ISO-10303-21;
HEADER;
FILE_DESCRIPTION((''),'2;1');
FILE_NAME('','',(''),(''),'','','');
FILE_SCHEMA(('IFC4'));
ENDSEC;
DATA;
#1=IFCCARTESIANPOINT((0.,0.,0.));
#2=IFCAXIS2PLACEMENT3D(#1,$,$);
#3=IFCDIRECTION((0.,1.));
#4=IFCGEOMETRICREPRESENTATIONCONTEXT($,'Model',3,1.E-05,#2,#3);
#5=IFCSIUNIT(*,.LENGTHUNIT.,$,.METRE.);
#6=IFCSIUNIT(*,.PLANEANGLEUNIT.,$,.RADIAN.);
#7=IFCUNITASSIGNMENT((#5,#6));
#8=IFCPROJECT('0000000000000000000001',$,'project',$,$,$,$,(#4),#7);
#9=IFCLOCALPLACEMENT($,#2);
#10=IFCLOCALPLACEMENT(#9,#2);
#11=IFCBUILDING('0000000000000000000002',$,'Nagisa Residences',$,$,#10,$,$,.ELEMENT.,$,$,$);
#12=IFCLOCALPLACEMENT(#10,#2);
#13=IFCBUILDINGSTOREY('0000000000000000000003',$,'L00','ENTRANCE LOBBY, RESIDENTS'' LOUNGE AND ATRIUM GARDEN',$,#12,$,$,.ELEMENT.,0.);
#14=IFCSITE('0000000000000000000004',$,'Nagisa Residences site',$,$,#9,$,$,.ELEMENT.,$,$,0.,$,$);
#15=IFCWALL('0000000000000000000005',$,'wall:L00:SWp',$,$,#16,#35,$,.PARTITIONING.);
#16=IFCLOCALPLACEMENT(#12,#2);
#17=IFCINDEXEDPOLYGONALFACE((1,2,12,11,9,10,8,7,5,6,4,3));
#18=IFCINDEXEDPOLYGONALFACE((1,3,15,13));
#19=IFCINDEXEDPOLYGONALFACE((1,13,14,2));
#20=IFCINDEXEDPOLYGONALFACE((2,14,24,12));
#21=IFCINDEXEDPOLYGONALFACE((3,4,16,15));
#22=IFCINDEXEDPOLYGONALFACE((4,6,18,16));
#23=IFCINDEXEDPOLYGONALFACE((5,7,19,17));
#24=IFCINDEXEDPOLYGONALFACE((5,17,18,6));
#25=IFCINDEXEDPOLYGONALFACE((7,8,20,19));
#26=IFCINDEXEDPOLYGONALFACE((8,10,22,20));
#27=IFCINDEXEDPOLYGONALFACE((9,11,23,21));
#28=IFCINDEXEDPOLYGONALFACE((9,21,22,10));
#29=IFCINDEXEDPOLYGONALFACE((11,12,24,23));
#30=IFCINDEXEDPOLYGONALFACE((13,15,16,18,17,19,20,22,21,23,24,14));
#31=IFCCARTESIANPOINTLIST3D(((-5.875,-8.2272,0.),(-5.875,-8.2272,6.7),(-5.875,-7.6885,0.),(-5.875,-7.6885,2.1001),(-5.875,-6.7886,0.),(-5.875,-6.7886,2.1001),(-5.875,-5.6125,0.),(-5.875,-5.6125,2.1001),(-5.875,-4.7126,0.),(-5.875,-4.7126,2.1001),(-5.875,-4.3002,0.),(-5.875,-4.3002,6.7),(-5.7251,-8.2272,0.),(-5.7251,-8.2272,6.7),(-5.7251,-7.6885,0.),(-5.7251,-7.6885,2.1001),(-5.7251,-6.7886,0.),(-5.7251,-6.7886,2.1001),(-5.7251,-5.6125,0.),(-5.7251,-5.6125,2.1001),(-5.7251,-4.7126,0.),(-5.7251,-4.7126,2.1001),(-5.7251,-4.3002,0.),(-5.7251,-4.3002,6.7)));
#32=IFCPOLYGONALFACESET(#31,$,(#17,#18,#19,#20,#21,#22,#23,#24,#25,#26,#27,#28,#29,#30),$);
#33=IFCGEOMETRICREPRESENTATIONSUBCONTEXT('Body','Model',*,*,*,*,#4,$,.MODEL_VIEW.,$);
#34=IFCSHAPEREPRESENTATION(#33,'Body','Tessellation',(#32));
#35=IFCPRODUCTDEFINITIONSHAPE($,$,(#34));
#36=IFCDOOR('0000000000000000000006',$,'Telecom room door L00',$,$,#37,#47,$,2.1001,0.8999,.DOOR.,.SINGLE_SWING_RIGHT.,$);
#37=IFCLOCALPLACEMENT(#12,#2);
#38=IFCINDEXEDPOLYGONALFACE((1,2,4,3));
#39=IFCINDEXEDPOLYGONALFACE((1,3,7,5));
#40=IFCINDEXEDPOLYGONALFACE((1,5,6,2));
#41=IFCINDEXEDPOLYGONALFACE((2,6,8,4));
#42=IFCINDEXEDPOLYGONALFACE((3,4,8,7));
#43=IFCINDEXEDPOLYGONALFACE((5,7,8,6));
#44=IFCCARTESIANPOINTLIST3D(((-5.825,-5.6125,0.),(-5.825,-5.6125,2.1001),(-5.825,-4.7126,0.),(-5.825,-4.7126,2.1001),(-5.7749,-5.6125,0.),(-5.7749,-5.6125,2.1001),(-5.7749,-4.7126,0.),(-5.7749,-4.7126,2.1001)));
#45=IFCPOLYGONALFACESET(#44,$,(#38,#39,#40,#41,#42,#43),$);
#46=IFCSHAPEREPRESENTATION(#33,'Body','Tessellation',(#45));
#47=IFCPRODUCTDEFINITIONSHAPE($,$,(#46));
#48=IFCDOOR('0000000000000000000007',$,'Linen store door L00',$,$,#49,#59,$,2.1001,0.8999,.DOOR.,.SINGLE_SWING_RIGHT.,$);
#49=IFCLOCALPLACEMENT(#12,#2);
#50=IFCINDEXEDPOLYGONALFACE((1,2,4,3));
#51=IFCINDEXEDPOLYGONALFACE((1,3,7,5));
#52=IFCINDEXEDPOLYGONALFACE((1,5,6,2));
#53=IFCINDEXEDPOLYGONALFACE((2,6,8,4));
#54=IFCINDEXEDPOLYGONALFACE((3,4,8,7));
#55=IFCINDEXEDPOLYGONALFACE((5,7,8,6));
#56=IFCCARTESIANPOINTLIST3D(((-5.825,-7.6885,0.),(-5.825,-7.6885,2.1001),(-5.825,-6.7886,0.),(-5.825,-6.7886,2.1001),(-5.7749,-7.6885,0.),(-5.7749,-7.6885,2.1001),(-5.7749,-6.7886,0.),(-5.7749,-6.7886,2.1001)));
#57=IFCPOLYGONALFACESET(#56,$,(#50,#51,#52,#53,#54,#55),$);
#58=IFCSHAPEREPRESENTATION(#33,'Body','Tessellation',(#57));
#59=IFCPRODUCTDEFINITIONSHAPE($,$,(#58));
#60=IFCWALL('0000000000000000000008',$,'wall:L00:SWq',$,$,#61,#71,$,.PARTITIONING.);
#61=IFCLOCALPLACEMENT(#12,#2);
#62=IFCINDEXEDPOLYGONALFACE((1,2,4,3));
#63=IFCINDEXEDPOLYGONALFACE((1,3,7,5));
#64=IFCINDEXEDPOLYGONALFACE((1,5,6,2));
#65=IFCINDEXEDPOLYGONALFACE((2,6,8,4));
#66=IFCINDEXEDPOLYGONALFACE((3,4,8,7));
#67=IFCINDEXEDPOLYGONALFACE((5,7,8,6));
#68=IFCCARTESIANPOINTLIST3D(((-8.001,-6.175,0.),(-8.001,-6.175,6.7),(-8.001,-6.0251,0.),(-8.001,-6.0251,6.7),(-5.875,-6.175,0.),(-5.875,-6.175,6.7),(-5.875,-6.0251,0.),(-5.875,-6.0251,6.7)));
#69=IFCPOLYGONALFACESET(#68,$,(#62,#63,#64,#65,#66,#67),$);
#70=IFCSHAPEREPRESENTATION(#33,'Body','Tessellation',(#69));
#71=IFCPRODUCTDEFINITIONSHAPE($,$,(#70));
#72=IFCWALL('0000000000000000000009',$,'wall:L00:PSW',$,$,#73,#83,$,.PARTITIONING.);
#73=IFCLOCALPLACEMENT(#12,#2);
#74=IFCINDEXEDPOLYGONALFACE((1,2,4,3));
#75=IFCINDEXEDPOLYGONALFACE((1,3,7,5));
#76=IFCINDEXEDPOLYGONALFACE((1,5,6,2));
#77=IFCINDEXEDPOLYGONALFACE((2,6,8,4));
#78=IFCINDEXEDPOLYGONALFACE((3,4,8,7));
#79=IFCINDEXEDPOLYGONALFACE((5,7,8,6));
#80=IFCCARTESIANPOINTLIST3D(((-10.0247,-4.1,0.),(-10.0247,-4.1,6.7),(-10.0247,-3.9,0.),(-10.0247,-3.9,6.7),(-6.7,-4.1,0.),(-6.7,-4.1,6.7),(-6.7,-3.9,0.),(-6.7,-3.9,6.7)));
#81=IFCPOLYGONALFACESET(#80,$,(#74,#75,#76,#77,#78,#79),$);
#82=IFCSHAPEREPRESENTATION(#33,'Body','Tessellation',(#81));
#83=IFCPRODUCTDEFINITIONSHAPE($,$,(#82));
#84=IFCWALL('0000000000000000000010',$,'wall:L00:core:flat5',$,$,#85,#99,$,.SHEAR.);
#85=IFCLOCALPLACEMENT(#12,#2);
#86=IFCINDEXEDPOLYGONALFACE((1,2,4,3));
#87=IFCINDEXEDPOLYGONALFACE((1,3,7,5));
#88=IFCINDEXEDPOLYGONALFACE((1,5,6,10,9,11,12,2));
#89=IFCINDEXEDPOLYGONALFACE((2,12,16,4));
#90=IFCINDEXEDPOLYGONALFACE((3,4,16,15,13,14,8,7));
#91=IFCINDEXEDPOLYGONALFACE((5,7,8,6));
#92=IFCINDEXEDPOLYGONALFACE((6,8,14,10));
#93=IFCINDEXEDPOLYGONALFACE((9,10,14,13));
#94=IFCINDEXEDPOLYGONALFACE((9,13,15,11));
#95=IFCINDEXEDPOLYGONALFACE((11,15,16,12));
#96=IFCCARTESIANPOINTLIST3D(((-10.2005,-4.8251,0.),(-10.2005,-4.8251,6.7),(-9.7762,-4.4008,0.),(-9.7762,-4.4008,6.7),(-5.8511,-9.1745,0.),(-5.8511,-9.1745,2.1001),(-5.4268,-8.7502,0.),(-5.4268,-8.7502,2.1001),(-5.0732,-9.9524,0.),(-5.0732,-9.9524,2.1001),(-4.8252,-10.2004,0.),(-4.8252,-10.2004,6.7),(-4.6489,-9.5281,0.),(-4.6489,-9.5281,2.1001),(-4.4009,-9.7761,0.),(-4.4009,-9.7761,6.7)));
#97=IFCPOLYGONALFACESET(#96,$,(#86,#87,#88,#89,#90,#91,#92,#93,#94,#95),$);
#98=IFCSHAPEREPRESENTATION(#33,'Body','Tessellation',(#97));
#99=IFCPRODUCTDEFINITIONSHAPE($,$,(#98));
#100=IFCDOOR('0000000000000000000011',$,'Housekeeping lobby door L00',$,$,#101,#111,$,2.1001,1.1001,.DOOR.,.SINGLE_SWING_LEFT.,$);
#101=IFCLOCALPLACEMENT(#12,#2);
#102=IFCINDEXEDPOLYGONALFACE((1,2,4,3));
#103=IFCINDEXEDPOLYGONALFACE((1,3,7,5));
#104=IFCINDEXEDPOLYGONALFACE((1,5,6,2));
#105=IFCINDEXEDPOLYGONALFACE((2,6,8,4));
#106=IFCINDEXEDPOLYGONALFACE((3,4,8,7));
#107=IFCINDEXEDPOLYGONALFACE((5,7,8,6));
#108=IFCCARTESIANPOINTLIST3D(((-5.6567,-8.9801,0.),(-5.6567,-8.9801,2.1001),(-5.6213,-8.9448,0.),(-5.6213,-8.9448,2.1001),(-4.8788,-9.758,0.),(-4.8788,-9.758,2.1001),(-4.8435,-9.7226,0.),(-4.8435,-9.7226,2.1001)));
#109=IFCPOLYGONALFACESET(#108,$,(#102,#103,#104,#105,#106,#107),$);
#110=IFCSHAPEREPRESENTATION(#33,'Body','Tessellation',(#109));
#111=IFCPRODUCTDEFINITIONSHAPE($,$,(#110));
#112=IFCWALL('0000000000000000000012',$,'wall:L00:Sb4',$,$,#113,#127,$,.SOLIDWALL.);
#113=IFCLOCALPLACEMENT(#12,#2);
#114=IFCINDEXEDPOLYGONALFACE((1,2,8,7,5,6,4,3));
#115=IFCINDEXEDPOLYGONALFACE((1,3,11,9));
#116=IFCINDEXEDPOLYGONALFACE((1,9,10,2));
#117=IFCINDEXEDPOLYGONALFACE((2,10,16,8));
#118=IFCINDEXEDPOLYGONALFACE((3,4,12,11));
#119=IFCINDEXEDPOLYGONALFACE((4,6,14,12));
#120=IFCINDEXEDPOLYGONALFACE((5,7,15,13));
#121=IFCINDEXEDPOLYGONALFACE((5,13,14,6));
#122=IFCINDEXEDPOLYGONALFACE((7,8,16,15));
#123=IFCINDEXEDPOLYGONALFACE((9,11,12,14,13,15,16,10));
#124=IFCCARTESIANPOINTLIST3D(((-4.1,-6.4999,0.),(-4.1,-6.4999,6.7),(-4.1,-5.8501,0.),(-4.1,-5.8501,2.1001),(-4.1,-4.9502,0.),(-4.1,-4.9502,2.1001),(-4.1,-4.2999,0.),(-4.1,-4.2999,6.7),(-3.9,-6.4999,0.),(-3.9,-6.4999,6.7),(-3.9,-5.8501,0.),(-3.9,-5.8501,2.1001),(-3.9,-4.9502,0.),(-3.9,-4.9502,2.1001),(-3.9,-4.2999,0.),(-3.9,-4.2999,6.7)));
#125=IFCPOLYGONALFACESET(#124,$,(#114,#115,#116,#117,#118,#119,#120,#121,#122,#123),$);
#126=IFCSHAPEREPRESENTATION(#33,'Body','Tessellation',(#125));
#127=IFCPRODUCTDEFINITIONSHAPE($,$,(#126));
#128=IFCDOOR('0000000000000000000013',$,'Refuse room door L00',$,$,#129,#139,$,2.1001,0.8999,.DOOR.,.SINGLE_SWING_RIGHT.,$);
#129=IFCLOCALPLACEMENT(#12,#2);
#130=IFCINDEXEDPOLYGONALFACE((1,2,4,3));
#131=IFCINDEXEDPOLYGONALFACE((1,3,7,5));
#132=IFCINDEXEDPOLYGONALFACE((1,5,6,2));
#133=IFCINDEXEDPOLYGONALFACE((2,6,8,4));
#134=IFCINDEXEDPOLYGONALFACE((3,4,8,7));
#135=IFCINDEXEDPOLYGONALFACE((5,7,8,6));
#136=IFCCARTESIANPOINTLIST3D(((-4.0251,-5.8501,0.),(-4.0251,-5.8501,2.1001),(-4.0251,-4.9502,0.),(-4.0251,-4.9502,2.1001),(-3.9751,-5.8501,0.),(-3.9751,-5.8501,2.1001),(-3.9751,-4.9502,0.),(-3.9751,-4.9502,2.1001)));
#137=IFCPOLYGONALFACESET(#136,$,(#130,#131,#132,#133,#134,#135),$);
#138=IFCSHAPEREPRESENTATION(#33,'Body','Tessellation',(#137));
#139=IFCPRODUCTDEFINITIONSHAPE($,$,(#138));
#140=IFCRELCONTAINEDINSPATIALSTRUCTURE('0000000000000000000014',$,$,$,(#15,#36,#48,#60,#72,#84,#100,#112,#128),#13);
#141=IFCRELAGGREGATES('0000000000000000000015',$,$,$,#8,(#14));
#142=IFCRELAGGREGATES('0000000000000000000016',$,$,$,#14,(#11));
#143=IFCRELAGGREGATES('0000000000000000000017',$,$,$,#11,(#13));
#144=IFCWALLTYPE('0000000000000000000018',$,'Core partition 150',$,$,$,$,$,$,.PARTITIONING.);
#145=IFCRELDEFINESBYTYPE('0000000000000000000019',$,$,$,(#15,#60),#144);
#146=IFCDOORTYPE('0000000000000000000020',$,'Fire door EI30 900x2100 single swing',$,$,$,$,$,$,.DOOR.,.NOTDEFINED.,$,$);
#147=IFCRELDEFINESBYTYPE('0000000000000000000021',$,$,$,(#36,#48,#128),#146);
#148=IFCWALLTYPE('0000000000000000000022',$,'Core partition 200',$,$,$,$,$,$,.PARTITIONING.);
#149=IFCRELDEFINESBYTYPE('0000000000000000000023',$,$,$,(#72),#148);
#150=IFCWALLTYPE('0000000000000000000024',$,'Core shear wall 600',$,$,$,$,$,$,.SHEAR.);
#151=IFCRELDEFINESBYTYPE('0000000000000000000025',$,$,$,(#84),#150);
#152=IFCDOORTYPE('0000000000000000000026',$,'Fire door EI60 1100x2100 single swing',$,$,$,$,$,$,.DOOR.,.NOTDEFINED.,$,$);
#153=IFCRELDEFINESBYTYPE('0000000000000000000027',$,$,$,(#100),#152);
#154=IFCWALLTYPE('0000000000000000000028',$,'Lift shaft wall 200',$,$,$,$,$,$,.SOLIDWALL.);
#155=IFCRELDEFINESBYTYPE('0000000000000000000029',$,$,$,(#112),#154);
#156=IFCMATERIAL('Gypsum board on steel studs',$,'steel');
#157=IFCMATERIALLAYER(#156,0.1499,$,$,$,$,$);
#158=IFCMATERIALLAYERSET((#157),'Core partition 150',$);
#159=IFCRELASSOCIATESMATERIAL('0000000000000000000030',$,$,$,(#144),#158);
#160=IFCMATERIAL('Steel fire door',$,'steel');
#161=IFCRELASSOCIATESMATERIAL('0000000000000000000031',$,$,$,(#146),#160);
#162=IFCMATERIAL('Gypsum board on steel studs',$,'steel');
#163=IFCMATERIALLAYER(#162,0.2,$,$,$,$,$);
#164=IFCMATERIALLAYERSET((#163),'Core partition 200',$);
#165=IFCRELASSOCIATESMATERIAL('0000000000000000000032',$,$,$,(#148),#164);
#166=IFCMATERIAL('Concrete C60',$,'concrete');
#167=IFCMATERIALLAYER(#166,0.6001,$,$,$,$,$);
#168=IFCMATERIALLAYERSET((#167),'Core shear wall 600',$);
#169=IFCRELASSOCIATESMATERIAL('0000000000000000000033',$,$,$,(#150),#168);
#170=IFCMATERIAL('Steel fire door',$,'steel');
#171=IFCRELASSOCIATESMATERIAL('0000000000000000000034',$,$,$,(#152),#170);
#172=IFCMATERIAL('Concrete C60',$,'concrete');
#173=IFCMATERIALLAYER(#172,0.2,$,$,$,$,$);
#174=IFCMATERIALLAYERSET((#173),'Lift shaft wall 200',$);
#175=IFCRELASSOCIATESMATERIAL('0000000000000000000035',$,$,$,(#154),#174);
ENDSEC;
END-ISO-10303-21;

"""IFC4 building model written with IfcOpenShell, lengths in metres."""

from ifc_helpers import new_model, si_unit, direction, frame, frame_2d, origin, place, context, subcontext, project, spatial, rectangle, extrude, material, layer, layer_set, type_object, element, fill, save


model = new_model("IFC4")

# Units and contexts
model_context = context("Model", 3, precision=1e-05, world=origin(), true_north=direction((0.0, 1.0)))
body_context = subcontext(model_context, "Body", "Model", "MODEL_VIEW")
ifc_project = project(units=[si_unit("LENGTHUNIT", "METRE"), si_unit("PLANEANGLEUNIT", "RADIAN")], contexts=[model_context])

# Site, building, storey
site_placement = place(None, origin())
site = spatial("IfcSite", under=ifc_project, at=site_placement, Name="Nagisa Residences site", CompositionType="ELEMENT", RefElevation=0.0)
building_placement = place(site_placement, origin())
building = spatial("IfcBuilding", under=site, at=building_placement, Name="Nagisa Residences", CompositionType="ELEMENT")
storey_placement = place(building_placement, origin())
storey = spatial("IfcBuildingStorey", under=building, at=storey_placement, Name="L00", Description="ENTRANCE LOBBY, RESIDENTS' LOUNGE AND ATRIUM GARDEN", CompositionType="ELEMENT", Elevation=0.0)

# Wall, openings, doors
ifc_material_1 = material(Name="Gypsum board on steel studs", Category="steel")
ifc_layer_1 = layer(ifc_material_1, 0.1499)
ifc_layer_set_1 = layer_set([ifc_layer_1], Name="Core partition 150")
wall_type_1 = type_object("IfcWallType", Name="Core partition 150", PredefinedType="PARTITIONING", material=ifc_layer_set_1)
wall_1_placement = place(storey_placement, frame((-5.8, -8.2271, 0.0), z_axis=(0.0, 0.0, 1.0), x_axis=(0.0, 1.0, 0.0)))
wall_1 = element("IfcWall", 1, at=wall_1_placement, inside=storey, type_object=wall_type_1, Name="wall:L00:SWp", PredefinedType="PARTITIONING", context=body_context, shape_type="SweptSolid", body=[
    extrude(rectangle(XDim=3.927, YDim=0.1499, at=frame_2d((1.9634, 0.0))), origin(), (0.0, 0.0, 1.0), 6.7),
])
opening_1_placement = place(wall_1_placement, frame((2.6145, 0.0, 0.0)))
opening_1 = element("IfcOpeningElement", 2, at=opening_1_placement, cuts=wall_1, PredefinedType="OPENING", context=body_context, shape_type="SweptSolid", body=[
    extrude(rectangle(XDim=0.8999, YDim=2.1001, at=frame_2d((0.45, 1.05))), frame((0.0, 0.085, 0.0), z_axis=(0.0, -1.0, 0.0), x_axis=(1.0, 0.0, 0.0)), (0.0, 0.0, 1.0), 0.1699),
])
opening_2_placement = place(wall_1_placement, frame((0.5386, 0.0, 0.0)))
opening_2 = element("IfcOpeningElement", 3, at=opening_2_placement, cuts=wall_1, PredefinedType="OPENING", context=body_context, shape_type="SweptSolid", body=[
    extrude(rectangle(XDim=0.8999, YDim=2.1001, at=frame_2d((0.45, 1.05))), frame((0.0, 0.085, 0.0), z_axis=(0.0, -1.0, 0.0), x_axis=(1.0, 0.0, 0.0)), (0.0, 0.0, 1.0), 0.1699),
])
ifc_material_2 = material(Name="Steel fire door", Category="steel")
door_type_1 = type_object("IfcDoorType", Name="Fire door EI30 900x2100 single swing", OperationType="NOTDEFINED", PredefinedType="DOOR", material=ifc_material_2)
door_1_placement = place(opening_1_placement, origin())
door_1 = element("IfcDoor", 4, at=door_1_placement, inside=storey, type_object=door_type_1, Name="Telecom room door L00", OperationType="SINGLE_SWING_RIGHT", OverallHeight=2.1001, OverallWidth=0.8999, PredefinedType="DOOR", context=body_context, shape_type="SweptSolid", body=[
    extrude(rectangle(XDim=0.8999, YDim=2.1001, at=frame_2d((0.45, 1.05))), frame((0.0, 0.0249, 0.0), z_axis=(0.0, -1.0, 0.0), x_axis=(1.0, 0.0, 0.0)), (0.0, 0.0, 1.0), 0.05),
])
fill(opening_1, door_1)
door_2_placement = place(opening_2_placement, origin())
door_2 = element("IfcDoor", 5, at=door_2_placement, inside=storey, type_object=door_type_1, Name="Linen store door L00", OperationType="SINGLE_SWING_RIGHT", OverallHeight=2.1001, OverallWidth=0.8999, PredefinedType="DOOR", context=body_context, shape_type="SweptSolid", body=[
    extrude(rectangle(XDim=0.8999, YDim=2.1001, at=frame_2d((0.45, 1.05))), frame((0.0, 0.0249, 0.0), z_axis=(0.0, -1.0, 0.0), x_axis=(1.0, 0.0, 0.0)), (0.0, 0.0, 1.0), 0.05),
])
fill(opening_2, door_2)

# Walls
wall_2_placement = place(storey_placement, frame((-8.001, -6.1001, 0.0), z_axis=(0.0, 0.0, 1.0), x_axis=(1.0, 0.0, 0.0)))
element("IfcWall", 6, at=wall_2_placement, inside=storey, type_object=wall_type_1, Name="wall:L00:SWq", PredefinedType="PARTITIONING", context=body_context, shape_type="SweptSolid", body=[
    extrude(rectangle(XDim=2.126, YDim=0.1499, at=frame_2d((1.063, 0.0))), origin(), (0.0, 0.0, 1.0), 6.7),
])
ifc_material_3 = material(Name="Gypsum board on steel studs", Category="steel")
ifc_layer_2 = layer(ifc_material_3, 0.2)
ifc_layer_set_2 = layer_set([ifc_layer_2], Name="Core partition 200")
wall_type_2 = type_object("IfcWallType", Name="Core partition 200", PredefinedType="PARTITIONING", material=ifc_layer_set_2)
wall_3_placement = place(storey_placement, frame((-10.0247, -4.0, 0.0), z_axis=(0.0, 0.0, 1.0), x_axis=(1.0, 0.0, 0.0)))
element("IfcWall", 7, at=wall_3_placement, inside=storey, type_object=wall_type_2, Name="wall:L00:PSW", PredefinedType="PARTITIONING", context=body_context, shape_type="SweptSolid", body=[
    extrude(rectangle(XDim=3.3247, YDim=0.2, at=frame_2d((1.6624, 0.0))), origin(), (0.0, 0.0, 1.0), 6.7),
])

# Walls, openings, doors
ifc_material_4 = material(Name="Concrete C60", Category="concrete")
ifc_layer_3 = layer(ifc_material_4, 0.6001)
ifc_layer_set_3 = layer_set([ifc_layer_3], Name="Core shear wall 600")
wall_type_3 = type_object("IfcWallType", Name="Core shear wall 600", PredefinedType="SHEAR", material=ifc_layer_set_3)
wall_4_placement = place(storey_placement, frame((-9.9883, -4.613, 0.0), z_axis=(0.0, 0.0, 1.0), x_axis=(0.707107, -0.707107, 0.0)))
wall_4 = element("IfcWall", 8, at=wall_4_placement, inside=storey, type_object=wall_type_3, Name="wall:L00:core:flat5", PredefinedType="SHEAR", context=body_context, shape_type="SweptSolid", body=[
    extrude(rectangle(XDim=7.6018, YDim=0.6001, at=frame_2d((3.8008, 0.0))), origin(), (0.0, 0.0, 1.0), 6.7),
])
opening_3_placement = place(wall_4_placement, frame((6.1509, 0.0, 0.0)))
opening_3 = element("IfcOpeningElement", 9, at=opening_3_placement, cuts=wall_4, PredefinedType="OPENING", context=body_context, shape_type="SweptSolid", body=[
    extrude(rectangle(XDim=1.1001, YDim=2.1001, at=frame_2d((0.55, 1.05))), frame((0.0, 0.3101, 0.0), z_axis=(0.0, -1.0, 0.0), x_axis=(1.0, 0.0, 0.0)), (0.0, 0.0, 1.0), 0.6201),
])
ifc_material_5 = material(Name="Steel fire door", Category="steel")
door_type_2 = type_object("IfcDoorType", Name="Fire door EI60 1100x2100 single swing", OperationType="NOTDEFINED", PredefinedType="DOOR", material=ifc_material_5)
door_3_placement = place(opening_3_placement, origin())
door_3 = element("IfcDoor", 10, at=door_3_placement, inside=storey, type_object=door_type_2, Name="Housekeeping lobby door L00", OperationType="SINGLE_SWING_LEFT", OverallHeight=2.1001, OverallWidth=1.1001, PredefinedType="DOOR", context=body_context, shape_type="SweptSolid", body=[
    extrude(rectangle(XDim=1.1001, YDim=2.1001, at=frame_2d((0.55, 1.05))), frame((0.0, 0.0249, 0.0), z_axis=(0.0, -1.0, 0.0), x_axis=(1.0, 0.0, 0.0)), (0.0, 0.0, 1.0), 0.05),
])
fill(opening_3, door_3)
ifc_material_6 = material(Name="Concrete C60", Category="concrete")
ifc_layer_4 = layer(ifc_material_6, 0.2)
ifc_layer_set_4 = layer_set([ifc_layer_4], Name="Lift shaft wall 200")
wall_type_4 = type_object("IfcWallType", Name="Lift shaft wall 200", PredefinedType="SOLIDWALL", material=ifc_layer_set_4)
wall_5_placement = place(storey_placement, frame((-4.0, -6.5, 0.0), z_axis=(0.0, 0.0, 1.0), x_axis=(0.0, 1.0, 0.0)))
wall_5 = element("IfcWall", 11, at=wall_5_placement, inside=storey, type_object=wall_type_4, Name="wall:L00:Sb4", PredefinedType="SOLIDWALL", context=body_context, shape_type="SweptSolid", body=[
    extrude(rectangle(XDim=2.2, YDim=0.2, at=frame_2d((1.1001, 0.0))), origin(), (0.0, 0.0, 1.0), 6.7),
])
opening_4_placement = place(wall_5_placement, frame((0.6499, 0.0, 0.0)))
opening_4 = element("IfcOpeningElement", 12, at=opening_4_placement, cuts=wall_5, PredefinedType="OPENING", context=body_context, shape_type="SweptSolid", body=[
    extrude(rectangle(XDim=0.8999, YDim=2.1001, at=frame_2d((0.45, 1.05))), frame((0.0, 0.1099, 0.0), z_axis=(0.0, -1.0, 0.0), x_axis=(1.0, 0.0, 0.0)), (0.0, 0.0, 1.0), 0.22),
])
door_4_placement = place(opening_4_placement, frame((0.8999, 0.0, 0.0), x_axis=(-1.0, 0.0, 0.0)))
door_4 = element("IfcDoor", 13, at=door_4_placement, inside=storey, type_object=door_type_1, Name="Refuse room door L00", OperationType="SINGLE_SWING_RIGHT", OverallHeight=2.1001, OverallWidth=0.8999, PredefinedType="DOOR", context=body_context, shape_type="SweptSolid", body=[
    extrude(rectangle(XDim=0.8999, YDim=2.1001, at=frame_2d((0.45, 1.05))), frame((0.0, 0.0249, 0.0), z_axis=(0.0, -1.0, 0.0), x_axis=(1.0, 0.0, 0.0)), (0.0, 0.0, 1.0), 0.05),
])
fill(opening_4, door_4)

save(model, "model.ifc")
